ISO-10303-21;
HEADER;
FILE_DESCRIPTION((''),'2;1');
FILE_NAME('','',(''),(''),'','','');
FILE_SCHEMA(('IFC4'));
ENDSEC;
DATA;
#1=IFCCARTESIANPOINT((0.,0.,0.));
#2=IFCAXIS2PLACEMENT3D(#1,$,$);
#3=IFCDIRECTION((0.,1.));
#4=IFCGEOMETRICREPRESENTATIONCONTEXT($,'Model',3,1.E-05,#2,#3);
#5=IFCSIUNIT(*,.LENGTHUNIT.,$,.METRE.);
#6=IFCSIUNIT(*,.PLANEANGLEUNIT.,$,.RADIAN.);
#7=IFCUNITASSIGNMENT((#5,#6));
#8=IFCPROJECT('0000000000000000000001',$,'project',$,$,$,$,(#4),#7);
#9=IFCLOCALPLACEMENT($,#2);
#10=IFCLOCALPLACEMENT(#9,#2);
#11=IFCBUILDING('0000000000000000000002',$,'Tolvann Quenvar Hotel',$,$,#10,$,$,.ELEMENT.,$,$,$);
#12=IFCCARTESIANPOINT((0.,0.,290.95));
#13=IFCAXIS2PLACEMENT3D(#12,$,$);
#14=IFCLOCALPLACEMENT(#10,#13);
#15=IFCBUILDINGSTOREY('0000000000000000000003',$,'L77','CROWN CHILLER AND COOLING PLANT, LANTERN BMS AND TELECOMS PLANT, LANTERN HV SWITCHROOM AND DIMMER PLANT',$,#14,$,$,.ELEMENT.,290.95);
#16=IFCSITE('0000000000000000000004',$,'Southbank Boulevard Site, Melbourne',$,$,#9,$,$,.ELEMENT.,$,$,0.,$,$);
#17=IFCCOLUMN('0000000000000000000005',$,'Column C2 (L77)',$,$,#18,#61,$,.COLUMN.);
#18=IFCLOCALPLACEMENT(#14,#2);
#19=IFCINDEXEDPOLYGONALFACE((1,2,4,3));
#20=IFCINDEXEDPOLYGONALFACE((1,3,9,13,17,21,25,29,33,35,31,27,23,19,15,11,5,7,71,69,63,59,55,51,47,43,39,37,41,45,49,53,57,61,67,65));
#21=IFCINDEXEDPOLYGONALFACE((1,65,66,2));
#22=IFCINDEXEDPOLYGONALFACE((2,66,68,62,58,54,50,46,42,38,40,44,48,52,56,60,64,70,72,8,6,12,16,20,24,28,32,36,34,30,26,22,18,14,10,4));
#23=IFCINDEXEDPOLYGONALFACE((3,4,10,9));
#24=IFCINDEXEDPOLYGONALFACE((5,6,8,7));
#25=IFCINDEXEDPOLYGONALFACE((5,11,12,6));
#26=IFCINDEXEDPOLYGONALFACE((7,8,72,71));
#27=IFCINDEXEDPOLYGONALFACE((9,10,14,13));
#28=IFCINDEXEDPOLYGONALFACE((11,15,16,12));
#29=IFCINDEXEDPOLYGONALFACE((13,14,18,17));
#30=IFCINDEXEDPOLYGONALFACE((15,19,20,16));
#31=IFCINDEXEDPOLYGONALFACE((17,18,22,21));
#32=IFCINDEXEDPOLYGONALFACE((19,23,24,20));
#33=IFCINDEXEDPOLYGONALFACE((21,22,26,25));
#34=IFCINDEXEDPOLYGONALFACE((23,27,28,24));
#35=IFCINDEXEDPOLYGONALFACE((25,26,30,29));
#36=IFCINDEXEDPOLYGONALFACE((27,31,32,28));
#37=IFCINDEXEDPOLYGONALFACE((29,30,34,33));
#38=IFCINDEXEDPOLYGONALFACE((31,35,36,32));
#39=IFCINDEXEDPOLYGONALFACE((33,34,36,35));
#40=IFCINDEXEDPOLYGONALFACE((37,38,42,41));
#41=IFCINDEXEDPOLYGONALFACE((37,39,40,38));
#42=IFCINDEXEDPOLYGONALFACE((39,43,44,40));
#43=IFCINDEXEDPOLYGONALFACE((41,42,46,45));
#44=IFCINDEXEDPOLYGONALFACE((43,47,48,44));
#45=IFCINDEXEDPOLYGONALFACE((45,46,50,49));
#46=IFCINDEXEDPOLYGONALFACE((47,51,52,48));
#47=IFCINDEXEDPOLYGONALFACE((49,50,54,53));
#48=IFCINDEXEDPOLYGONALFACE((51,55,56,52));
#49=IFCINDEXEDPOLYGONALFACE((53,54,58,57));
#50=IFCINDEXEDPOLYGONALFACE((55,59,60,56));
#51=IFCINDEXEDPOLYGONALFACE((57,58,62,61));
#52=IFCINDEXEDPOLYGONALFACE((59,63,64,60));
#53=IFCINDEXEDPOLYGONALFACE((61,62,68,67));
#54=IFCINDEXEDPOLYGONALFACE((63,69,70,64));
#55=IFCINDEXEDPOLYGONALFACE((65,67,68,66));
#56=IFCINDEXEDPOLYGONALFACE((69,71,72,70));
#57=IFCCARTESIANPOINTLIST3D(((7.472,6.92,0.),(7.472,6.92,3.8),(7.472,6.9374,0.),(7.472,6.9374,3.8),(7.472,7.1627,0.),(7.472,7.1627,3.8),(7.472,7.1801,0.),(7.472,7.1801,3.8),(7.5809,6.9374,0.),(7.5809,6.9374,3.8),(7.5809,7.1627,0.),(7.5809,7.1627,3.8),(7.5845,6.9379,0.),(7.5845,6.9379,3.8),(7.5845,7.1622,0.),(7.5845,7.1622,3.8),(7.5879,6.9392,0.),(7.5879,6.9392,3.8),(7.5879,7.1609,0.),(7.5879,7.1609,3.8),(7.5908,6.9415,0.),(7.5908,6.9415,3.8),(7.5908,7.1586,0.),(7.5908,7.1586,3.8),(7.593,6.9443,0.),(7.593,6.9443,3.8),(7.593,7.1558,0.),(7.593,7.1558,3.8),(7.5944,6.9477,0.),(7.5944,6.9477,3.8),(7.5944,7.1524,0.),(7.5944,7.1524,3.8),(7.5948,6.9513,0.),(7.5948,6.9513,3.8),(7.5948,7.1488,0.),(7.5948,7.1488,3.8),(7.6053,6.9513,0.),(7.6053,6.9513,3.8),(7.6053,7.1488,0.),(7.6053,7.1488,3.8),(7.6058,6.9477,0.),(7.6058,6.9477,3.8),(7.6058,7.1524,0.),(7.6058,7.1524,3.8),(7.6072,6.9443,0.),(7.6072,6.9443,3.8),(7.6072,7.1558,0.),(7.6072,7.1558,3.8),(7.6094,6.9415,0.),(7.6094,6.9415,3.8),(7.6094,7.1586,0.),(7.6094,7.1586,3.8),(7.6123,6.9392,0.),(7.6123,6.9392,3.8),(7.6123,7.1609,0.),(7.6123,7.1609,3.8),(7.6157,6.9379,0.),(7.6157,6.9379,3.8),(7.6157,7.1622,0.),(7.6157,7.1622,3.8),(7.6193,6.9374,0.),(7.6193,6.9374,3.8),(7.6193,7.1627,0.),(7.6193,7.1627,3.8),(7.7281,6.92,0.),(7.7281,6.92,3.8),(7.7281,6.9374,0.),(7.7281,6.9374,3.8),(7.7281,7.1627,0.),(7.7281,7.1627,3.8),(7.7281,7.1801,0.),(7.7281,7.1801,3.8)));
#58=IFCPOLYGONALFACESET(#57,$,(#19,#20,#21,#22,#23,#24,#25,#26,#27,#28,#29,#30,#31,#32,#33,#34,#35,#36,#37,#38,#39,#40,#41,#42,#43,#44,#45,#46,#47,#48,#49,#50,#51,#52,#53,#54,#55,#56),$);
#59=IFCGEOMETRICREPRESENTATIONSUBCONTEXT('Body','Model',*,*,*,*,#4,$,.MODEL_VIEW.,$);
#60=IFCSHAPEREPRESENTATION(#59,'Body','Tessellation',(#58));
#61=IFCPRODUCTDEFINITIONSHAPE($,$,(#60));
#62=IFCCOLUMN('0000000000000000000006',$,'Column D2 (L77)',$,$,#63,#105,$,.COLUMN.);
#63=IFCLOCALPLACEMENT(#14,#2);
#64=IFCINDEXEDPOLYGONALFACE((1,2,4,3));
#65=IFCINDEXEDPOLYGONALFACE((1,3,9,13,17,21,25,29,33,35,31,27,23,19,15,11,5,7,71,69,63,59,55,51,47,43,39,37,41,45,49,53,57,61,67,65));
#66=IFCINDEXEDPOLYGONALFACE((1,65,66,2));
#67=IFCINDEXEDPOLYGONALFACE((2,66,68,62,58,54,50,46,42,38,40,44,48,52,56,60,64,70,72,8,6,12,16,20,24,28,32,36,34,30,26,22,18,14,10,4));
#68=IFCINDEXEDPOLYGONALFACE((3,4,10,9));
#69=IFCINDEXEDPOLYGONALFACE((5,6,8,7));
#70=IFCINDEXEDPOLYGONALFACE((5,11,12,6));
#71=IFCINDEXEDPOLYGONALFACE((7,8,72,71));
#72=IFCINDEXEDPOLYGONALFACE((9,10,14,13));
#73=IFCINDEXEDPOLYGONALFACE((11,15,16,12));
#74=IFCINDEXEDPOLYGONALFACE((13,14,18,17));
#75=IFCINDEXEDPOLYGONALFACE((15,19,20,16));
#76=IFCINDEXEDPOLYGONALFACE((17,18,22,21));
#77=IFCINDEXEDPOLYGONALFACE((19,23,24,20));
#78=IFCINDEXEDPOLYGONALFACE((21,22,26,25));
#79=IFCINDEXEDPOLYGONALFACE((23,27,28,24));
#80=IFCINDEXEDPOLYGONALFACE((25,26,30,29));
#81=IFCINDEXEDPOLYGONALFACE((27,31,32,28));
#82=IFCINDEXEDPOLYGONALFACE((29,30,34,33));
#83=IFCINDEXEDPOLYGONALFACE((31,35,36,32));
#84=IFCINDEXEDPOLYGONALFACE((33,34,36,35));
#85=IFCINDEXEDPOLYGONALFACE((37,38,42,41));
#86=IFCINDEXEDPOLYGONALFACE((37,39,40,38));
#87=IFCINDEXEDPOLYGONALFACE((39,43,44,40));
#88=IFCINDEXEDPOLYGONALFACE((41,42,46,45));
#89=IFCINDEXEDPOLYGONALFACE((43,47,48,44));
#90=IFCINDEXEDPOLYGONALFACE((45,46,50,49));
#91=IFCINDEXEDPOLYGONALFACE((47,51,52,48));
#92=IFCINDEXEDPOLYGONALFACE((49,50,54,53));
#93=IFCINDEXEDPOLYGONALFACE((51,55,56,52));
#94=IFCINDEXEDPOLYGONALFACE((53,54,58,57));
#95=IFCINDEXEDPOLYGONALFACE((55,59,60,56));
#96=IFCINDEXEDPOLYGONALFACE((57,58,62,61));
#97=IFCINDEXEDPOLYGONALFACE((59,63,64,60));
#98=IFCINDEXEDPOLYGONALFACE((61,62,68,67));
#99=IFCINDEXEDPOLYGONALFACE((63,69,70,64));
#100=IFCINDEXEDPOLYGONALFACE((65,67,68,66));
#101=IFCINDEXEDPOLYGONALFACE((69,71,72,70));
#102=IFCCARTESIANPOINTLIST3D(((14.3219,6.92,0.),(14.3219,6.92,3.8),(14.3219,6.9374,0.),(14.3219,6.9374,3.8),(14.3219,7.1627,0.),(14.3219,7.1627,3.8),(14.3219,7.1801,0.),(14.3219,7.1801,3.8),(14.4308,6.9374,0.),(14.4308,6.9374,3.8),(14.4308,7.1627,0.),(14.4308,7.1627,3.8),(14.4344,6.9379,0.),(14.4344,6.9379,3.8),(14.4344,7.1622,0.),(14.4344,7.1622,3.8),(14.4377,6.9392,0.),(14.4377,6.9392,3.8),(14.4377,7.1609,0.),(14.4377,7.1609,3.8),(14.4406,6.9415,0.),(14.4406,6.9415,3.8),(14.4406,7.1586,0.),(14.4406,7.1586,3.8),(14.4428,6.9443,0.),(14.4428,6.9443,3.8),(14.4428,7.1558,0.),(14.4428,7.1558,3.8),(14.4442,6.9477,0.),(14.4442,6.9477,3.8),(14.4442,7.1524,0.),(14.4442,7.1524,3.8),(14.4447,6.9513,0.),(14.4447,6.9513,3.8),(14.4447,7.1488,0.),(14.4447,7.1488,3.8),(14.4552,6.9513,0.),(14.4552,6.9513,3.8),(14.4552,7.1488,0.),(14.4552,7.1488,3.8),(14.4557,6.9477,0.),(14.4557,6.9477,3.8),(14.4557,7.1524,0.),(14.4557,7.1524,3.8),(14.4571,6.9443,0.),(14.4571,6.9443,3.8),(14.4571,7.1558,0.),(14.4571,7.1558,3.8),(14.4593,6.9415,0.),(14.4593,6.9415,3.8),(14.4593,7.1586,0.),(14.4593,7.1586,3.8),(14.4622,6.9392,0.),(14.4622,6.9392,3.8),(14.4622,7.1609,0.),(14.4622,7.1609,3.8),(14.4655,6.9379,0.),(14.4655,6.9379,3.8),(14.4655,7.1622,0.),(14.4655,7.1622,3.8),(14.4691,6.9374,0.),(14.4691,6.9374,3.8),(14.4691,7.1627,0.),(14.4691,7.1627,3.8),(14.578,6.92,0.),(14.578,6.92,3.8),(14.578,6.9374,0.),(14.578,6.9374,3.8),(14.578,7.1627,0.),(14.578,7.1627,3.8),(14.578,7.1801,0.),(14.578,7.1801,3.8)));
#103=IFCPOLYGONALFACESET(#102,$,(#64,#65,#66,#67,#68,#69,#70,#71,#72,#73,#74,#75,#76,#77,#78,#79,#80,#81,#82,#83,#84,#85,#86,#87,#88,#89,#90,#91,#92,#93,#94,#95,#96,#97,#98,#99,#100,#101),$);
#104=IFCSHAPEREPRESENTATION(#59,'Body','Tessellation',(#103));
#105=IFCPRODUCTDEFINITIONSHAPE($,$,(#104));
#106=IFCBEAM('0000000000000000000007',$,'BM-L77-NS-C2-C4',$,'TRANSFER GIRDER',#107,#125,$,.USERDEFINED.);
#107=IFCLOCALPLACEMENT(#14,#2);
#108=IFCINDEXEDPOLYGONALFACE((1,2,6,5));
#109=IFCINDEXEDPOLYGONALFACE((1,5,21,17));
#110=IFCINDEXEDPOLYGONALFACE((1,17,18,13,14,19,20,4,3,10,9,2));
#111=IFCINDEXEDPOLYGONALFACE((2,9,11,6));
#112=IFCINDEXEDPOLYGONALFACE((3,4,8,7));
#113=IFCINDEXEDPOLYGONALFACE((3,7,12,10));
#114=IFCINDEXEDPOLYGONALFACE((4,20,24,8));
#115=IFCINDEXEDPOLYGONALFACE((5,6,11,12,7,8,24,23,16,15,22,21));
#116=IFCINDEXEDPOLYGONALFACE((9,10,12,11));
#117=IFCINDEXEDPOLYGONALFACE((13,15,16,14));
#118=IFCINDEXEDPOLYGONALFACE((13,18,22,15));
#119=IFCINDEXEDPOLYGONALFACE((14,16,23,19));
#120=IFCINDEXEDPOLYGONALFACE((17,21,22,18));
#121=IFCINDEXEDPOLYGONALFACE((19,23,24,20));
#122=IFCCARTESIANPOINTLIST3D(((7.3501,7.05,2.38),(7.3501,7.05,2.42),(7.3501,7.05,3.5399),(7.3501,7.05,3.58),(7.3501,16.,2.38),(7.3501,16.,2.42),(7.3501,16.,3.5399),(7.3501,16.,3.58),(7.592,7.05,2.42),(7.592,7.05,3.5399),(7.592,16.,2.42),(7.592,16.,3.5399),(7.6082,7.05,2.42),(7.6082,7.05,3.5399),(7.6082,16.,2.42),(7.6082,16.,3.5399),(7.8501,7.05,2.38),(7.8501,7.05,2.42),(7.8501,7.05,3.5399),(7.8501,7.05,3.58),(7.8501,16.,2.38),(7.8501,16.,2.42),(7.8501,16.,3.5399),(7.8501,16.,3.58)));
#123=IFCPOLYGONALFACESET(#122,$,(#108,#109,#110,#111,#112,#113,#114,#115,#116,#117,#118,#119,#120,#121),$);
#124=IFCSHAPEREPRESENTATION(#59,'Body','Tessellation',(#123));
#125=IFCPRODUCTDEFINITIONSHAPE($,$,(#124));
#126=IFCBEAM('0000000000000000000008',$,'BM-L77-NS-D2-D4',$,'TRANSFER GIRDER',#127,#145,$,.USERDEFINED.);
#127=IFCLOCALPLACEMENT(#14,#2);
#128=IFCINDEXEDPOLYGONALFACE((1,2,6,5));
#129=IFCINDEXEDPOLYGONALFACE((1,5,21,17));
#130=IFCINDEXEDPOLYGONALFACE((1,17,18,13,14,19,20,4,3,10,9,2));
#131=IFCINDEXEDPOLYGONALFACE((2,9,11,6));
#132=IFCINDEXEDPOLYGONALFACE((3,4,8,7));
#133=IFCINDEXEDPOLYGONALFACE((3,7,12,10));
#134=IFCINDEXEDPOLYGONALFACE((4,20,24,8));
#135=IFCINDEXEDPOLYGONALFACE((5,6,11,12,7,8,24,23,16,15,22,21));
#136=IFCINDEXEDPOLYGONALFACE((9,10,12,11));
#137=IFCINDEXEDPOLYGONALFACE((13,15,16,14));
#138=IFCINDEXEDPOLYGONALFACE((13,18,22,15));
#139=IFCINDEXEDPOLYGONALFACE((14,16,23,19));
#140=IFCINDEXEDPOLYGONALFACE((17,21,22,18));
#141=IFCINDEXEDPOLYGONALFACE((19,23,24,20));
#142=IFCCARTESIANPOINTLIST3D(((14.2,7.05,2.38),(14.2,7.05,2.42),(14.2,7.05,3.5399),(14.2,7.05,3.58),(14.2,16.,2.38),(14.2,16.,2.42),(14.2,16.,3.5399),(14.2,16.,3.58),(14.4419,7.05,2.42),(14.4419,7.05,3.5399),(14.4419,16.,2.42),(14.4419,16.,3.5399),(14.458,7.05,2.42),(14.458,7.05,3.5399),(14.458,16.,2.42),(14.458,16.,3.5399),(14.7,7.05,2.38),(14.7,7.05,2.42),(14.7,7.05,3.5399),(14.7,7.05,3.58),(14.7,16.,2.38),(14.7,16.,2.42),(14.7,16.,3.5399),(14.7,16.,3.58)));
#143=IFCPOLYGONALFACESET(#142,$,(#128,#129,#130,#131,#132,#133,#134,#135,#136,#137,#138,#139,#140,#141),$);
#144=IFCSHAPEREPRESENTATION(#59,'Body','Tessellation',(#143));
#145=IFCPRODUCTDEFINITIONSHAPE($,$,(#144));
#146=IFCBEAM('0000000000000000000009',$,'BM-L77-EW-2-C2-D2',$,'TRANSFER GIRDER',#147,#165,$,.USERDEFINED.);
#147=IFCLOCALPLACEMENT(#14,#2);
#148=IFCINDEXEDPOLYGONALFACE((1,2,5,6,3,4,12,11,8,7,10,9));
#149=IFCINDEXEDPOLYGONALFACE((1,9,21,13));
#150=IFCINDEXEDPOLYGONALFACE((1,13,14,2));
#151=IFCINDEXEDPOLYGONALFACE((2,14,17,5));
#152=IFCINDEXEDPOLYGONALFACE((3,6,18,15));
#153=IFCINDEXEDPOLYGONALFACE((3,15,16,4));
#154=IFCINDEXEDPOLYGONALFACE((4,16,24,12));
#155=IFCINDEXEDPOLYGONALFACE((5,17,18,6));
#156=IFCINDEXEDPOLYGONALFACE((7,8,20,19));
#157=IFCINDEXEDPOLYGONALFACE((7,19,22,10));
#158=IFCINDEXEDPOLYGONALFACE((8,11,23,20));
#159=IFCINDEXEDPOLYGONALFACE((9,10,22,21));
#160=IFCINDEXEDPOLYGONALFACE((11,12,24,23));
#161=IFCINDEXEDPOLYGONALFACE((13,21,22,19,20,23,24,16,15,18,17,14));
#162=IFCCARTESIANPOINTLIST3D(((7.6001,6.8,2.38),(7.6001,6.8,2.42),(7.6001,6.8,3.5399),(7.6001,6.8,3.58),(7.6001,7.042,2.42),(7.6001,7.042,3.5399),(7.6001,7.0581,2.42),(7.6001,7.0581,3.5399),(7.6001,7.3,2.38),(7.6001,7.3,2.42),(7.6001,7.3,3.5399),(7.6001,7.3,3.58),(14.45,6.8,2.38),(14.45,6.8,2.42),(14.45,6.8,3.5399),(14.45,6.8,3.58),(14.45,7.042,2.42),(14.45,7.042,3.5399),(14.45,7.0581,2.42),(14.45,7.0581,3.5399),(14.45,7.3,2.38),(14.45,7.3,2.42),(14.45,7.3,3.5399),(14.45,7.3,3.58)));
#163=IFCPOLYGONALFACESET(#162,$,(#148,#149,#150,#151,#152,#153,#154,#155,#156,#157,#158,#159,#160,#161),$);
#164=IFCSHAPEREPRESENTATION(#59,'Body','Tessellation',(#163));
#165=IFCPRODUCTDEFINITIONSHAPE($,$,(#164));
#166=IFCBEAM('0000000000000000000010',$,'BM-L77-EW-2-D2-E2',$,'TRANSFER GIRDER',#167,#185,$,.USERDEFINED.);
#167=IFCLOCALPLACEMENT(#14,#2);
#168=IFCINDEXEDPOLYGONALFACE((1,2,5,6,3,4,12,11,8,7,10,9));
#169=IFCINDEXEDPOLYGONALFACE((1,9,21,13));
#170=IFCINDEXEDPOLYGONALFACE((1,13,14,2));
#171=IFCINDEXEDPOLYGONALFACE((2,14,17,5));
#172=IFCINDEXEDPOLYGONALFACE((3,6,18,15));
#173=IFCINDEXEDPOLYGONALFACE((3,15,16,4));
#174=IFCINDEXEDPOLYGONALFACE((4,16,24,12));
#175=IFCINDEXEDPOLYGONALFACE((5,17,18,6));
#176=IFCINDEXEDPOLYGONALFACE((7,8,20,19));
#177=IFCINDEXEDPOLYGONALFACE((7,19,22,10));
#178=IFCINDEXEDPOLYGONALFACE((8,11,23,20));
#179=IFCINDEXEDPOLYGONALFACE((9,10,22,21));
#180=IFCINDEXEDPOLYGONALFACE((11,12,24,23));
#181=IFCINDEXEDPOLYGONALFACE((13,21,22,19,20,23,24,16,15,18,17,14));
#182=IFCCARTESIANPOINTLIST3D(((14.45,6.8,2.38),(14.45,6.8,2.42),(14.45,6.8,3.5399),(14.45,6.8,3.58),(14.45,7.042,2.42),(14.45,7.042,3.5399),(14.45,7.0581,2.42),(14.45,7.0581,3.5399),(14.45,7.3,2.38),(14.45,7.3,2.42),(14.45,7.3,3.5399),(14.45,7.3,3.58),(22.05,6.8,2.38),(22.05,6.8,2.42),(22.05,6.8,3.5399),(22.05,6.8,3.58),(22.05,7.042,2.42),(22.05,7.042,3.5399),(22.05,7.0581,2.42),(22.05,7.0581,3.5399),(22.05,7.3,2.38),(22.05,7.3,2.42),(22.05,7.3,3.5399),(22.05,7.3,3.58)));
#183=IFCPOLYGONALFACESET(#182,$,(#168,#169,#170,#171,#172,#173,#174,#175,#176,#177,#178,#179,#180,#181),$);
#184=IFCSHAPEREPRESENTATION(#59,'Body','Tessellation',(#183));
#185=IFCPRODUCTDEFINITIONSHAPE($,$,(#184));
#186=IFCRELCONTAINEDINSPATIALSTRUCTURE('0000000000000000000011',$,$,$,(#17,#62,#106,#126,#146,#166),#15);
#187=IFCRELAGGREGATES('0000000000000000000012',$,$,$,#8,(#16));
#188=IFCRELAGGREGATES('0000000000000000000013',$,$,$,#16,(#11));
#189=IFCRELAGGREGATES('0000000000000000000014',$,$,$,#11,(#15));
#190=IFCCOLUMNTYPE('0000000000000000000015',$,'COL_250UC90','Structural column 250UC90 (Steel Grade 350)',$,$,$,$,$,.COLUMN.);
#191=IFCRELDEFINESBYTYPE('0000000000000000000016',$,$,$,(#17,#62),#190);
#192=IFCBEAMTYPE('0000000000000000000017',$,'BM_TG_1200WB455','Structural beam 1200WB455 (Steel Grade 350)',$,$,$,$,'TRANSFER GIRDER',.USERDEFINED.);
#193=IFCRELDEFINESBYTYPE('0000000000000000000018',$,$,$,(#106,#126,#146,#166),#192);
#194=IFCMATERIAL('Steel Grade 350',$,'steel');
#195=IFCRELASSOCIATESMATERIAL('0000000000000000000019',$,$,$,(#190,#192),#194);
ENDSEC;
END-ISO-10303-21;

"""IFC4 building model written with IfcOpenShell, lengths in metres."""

from ifc_helpers import new_model, si_unit, direction, frame, origin, origin_2d, place, context, subcontext, project, spatial, i_section, extrude, source, transform, mapped, material, material_profile, profile_set, type_object, type_shapes, element, save


model = new_model("IFC4")

# Units and contexts
model_context = context("Model", 3, precision=1e-05, world=origin(), true_north=direction((0.0, 1.0)))
body_context = subcontext(model_context, "Body", "Model", "MODEL_VIEW")
ifc_project = project(units=[si_unit("LENGTHUNIT", "METRE"), si_unit("PLANEANGLEUNIT", "RADIAN")], contexts=[model_context])

# Site, building, storey
site_placement = place(None, origin())
site = spatial("IfcSite", under=ifc_project, at=site_placement, Name="Southbank Boulevard Site, Melbourne", CompositionType="ELEMENT", RefElevation=0.0)
building_placement = place(site_placement, origin())
building = spatial("IfcBuilding", under=site, at=building_placement, Name="Tolvann Quenvar Hotel", CompositionType="ELEMENT")
storey_placement = place(building_placement, frame((0.0, 0.0, 290.95)))
storey = spatial("IfcBuildingStorey", under=building, at=storey_placement, Name="L77", Description="CROWN CHILLER AND COOLING PLANT, LANTERN BMS AND TELECOMS PLANT, LANTERN HV SWITCHROOM AND DIMMER PLANT", CompositionType="ELEMENT", Elevation=290.95)

# Columns
ifc_material_1 = material(Name="Steel Grade 350", Category="steel")
ifc_material_profile_1 = material_profile(ifc_material_1, i_section(OverallWidth=0.2561, OverallDepth=0.26, WebThickness=0.0105, FlangeThickness=0.0173, FilletRadius=0.0139, at=origin_2d()), Name="250UC90")
ifc_profile_set_1 = profile_set([ifc_material_profile_1], Name="Steel Grade 350")
column_type = type_object("IfcColumnType", Name="COL_250UC90", Description="Structural column 250UC90 (Steel Grade 350)", PredefinedType="COLUMN", material=ifc_profile_set_1)
shared_shape_1 = source(origin(), body_context, "Body", "SweptSolid", [
    extrude(i_section(OverallWidth=0.2561, OverallDepth=0.26, WebThickness=0.0105, FlangeThickness=0.0173, FilletRadius=0.0139, at=origin_2d()), origin(), (0.0, 0.0, 1.0), 3.8),
])
type_shapes(column_type, [shared_shape_1])
for number, where, z_axis, x_axis, name in (
    (1, (7.6001, 7.05, 0.0), (0.0, 0.0, 1.0), (1.0, 0.0, 0.0), "Column C2 (L77)"),
    (2, (14.45, 7.05, 0.0), (0.0, 0.0, 1.0), (1.0, 0.0, 0.0), "Column D2 (L77)"),
):
    element("IfcColumn", number, at=place(storey_placement, frame(where, z_axis=z_axis, x_axis=x_axis)), inside=storey, type_object=column_type, Name=name, PredefinedType="COLUMN", context=body_context, shape_type="MappedRepresentation", body=[
        mapped(shared_shape_1, transform((0.0, 0.0, 0.0), x_axis=(1.0, 0.0, 0.0), y_axis=(0.0, 1.0, 0.0), z_axis=(0.0, 0.0, 1.0), scale=1.0)),
    ])

# Beams
ifc_material_profile_2 = material_profile(ifc_material_1, i_section(OverallWidth=0.5, OverallDepth=1.2, WebThickness=0.0161, FlangeThickness=0.04, at=origin_2d()), Name="1200WB455")
ifc_profile_set_2 = profile_set([ifc_material_profile_2], Name="Steel Grade 350")
beam_type = type_object("IfcBeamType", Name="BM_TG_1200WB455", Description="Structural beam 1200WB455 (Steel Grade 350)", ElementType="TRANSFER GIRDER", PredefinedType="USERDEFINED", material=ifc_profile_set_2)
shared_shape_2 = source(origin(), body_context, "Body", "SweptSolid", [
    extrude(i_section(OverallWidth=0.5, OverallDepth=1.2, WebThickness=0.0161, FlangeThickness=0.04, at=origin_2d()), origin(), (0.0, 0.0, 1.0), 8.95),
])
for number, where, z_axis, x_axis, name in (
    (3, (7.6001, 7.05, 2.98), (0.0, 1.0, 0.0), (-1.0, 0.0, 0.0), "BM-L77-NS-C2-C4"),
    (4, (14.45, 7.05, 2.98), (0.0, 1.0, 0.0), (-1.0, 0.0, 0.0), "BM-L77-NS-D2-D4"),
):
    element("IfcBeam", number, at=place(storey_placement, frame(where, z_axis=z_axis, x_axis=x_axis)), inside=storey, type_object=beam_type, Name=name, ObjectType="TRANSFER GIRDER", PredefinedType="USERDEFINED", context=body_context, shape_type="MappedRepresentation", body=[
        mapped(shared_shape_2, transform((0.0, 0.0, 0.0), x_axis=(1.0, 0.0, 0.0), y_axis=(0.0, 1.0, 0.0), z_axis=(0.0, 0.0, 1.0), scale=1.0)),
    ])
shared_shape_3 = source(origin(), body_context, "Body", "SweptSolid", [
    extrude(i_section(OverallWidth=0.5, OverallDepth=1.2, WebThickness=0.0161, FlangeThickness=0.04, at=origin_2d()), origin(), (0.0, 0.0, 1.0), 6.8499),
])
beam_1_placement = place(storey_placement, frame((7.6001, 7.05, 2.98), z_axis=(1.0, 0.0, 0.0), x_axis=(0.0, 1.0, 0.0)))
element("IfcBeam", 5, at=beam_1_placement, inside=storey, type_object=beam_type, Name="BM-L77-EW-2-C2-D2", ObjectType="TRANSFER GIRDER", PredefinedType="USERDEFINED", context=body_context, shape_type="MappedRepresentation", body=[
    mapped(shared_shape_3, transform((0.0, 0.0, 0.0), x_axis=(1.0, 0.0, 0.0), y_axis=(0.0, 1.0, 0.0), z_axis=(0.0, 0.0, 1.0), scale=1.0)),
])
shared_shape_4 = source(origin(), body_context, "Body", "SweptSolid", [
    extrude(i_section(OverallWidth=0.5, OverallDepth=1.2, WebThickness=0.0161, FlangeThickness=0.04, at=origin_2d()), origin(), (0.0, 0.0, 1.0), 7.6001),
])
type_shapes(beam_type, [shared_shape_2, shared_shape_3, shared_shape_4])
beam_2_placement = place(storey_placement, frame((14.45, 7.05, 2.98), z_axis=(1.0, 0.0, 0.0), x_axis=(0.0, 1.0, 0.0)))
element("IfcBeam", 6, at=beam_2_placement, inside=storey, type_object=beam_type, Name="BM-L77-EW-2-D2-E2", ObjectType="TRANSFER GIRDER", PredefinedType="USERDEFINED", context=body_context, shape_type="MappedRepresentation", body=[
    mapped(shared_shape_4, transform((0.0, 0.0, 0.0), x_axis=(1.0, 0.0, 0.0), y_axis=(0.0, 1.0, 0.0), z_axis=(0.0, 0.0, 1.0), scale=1.0)),
])

save(model, "model.ifc")
